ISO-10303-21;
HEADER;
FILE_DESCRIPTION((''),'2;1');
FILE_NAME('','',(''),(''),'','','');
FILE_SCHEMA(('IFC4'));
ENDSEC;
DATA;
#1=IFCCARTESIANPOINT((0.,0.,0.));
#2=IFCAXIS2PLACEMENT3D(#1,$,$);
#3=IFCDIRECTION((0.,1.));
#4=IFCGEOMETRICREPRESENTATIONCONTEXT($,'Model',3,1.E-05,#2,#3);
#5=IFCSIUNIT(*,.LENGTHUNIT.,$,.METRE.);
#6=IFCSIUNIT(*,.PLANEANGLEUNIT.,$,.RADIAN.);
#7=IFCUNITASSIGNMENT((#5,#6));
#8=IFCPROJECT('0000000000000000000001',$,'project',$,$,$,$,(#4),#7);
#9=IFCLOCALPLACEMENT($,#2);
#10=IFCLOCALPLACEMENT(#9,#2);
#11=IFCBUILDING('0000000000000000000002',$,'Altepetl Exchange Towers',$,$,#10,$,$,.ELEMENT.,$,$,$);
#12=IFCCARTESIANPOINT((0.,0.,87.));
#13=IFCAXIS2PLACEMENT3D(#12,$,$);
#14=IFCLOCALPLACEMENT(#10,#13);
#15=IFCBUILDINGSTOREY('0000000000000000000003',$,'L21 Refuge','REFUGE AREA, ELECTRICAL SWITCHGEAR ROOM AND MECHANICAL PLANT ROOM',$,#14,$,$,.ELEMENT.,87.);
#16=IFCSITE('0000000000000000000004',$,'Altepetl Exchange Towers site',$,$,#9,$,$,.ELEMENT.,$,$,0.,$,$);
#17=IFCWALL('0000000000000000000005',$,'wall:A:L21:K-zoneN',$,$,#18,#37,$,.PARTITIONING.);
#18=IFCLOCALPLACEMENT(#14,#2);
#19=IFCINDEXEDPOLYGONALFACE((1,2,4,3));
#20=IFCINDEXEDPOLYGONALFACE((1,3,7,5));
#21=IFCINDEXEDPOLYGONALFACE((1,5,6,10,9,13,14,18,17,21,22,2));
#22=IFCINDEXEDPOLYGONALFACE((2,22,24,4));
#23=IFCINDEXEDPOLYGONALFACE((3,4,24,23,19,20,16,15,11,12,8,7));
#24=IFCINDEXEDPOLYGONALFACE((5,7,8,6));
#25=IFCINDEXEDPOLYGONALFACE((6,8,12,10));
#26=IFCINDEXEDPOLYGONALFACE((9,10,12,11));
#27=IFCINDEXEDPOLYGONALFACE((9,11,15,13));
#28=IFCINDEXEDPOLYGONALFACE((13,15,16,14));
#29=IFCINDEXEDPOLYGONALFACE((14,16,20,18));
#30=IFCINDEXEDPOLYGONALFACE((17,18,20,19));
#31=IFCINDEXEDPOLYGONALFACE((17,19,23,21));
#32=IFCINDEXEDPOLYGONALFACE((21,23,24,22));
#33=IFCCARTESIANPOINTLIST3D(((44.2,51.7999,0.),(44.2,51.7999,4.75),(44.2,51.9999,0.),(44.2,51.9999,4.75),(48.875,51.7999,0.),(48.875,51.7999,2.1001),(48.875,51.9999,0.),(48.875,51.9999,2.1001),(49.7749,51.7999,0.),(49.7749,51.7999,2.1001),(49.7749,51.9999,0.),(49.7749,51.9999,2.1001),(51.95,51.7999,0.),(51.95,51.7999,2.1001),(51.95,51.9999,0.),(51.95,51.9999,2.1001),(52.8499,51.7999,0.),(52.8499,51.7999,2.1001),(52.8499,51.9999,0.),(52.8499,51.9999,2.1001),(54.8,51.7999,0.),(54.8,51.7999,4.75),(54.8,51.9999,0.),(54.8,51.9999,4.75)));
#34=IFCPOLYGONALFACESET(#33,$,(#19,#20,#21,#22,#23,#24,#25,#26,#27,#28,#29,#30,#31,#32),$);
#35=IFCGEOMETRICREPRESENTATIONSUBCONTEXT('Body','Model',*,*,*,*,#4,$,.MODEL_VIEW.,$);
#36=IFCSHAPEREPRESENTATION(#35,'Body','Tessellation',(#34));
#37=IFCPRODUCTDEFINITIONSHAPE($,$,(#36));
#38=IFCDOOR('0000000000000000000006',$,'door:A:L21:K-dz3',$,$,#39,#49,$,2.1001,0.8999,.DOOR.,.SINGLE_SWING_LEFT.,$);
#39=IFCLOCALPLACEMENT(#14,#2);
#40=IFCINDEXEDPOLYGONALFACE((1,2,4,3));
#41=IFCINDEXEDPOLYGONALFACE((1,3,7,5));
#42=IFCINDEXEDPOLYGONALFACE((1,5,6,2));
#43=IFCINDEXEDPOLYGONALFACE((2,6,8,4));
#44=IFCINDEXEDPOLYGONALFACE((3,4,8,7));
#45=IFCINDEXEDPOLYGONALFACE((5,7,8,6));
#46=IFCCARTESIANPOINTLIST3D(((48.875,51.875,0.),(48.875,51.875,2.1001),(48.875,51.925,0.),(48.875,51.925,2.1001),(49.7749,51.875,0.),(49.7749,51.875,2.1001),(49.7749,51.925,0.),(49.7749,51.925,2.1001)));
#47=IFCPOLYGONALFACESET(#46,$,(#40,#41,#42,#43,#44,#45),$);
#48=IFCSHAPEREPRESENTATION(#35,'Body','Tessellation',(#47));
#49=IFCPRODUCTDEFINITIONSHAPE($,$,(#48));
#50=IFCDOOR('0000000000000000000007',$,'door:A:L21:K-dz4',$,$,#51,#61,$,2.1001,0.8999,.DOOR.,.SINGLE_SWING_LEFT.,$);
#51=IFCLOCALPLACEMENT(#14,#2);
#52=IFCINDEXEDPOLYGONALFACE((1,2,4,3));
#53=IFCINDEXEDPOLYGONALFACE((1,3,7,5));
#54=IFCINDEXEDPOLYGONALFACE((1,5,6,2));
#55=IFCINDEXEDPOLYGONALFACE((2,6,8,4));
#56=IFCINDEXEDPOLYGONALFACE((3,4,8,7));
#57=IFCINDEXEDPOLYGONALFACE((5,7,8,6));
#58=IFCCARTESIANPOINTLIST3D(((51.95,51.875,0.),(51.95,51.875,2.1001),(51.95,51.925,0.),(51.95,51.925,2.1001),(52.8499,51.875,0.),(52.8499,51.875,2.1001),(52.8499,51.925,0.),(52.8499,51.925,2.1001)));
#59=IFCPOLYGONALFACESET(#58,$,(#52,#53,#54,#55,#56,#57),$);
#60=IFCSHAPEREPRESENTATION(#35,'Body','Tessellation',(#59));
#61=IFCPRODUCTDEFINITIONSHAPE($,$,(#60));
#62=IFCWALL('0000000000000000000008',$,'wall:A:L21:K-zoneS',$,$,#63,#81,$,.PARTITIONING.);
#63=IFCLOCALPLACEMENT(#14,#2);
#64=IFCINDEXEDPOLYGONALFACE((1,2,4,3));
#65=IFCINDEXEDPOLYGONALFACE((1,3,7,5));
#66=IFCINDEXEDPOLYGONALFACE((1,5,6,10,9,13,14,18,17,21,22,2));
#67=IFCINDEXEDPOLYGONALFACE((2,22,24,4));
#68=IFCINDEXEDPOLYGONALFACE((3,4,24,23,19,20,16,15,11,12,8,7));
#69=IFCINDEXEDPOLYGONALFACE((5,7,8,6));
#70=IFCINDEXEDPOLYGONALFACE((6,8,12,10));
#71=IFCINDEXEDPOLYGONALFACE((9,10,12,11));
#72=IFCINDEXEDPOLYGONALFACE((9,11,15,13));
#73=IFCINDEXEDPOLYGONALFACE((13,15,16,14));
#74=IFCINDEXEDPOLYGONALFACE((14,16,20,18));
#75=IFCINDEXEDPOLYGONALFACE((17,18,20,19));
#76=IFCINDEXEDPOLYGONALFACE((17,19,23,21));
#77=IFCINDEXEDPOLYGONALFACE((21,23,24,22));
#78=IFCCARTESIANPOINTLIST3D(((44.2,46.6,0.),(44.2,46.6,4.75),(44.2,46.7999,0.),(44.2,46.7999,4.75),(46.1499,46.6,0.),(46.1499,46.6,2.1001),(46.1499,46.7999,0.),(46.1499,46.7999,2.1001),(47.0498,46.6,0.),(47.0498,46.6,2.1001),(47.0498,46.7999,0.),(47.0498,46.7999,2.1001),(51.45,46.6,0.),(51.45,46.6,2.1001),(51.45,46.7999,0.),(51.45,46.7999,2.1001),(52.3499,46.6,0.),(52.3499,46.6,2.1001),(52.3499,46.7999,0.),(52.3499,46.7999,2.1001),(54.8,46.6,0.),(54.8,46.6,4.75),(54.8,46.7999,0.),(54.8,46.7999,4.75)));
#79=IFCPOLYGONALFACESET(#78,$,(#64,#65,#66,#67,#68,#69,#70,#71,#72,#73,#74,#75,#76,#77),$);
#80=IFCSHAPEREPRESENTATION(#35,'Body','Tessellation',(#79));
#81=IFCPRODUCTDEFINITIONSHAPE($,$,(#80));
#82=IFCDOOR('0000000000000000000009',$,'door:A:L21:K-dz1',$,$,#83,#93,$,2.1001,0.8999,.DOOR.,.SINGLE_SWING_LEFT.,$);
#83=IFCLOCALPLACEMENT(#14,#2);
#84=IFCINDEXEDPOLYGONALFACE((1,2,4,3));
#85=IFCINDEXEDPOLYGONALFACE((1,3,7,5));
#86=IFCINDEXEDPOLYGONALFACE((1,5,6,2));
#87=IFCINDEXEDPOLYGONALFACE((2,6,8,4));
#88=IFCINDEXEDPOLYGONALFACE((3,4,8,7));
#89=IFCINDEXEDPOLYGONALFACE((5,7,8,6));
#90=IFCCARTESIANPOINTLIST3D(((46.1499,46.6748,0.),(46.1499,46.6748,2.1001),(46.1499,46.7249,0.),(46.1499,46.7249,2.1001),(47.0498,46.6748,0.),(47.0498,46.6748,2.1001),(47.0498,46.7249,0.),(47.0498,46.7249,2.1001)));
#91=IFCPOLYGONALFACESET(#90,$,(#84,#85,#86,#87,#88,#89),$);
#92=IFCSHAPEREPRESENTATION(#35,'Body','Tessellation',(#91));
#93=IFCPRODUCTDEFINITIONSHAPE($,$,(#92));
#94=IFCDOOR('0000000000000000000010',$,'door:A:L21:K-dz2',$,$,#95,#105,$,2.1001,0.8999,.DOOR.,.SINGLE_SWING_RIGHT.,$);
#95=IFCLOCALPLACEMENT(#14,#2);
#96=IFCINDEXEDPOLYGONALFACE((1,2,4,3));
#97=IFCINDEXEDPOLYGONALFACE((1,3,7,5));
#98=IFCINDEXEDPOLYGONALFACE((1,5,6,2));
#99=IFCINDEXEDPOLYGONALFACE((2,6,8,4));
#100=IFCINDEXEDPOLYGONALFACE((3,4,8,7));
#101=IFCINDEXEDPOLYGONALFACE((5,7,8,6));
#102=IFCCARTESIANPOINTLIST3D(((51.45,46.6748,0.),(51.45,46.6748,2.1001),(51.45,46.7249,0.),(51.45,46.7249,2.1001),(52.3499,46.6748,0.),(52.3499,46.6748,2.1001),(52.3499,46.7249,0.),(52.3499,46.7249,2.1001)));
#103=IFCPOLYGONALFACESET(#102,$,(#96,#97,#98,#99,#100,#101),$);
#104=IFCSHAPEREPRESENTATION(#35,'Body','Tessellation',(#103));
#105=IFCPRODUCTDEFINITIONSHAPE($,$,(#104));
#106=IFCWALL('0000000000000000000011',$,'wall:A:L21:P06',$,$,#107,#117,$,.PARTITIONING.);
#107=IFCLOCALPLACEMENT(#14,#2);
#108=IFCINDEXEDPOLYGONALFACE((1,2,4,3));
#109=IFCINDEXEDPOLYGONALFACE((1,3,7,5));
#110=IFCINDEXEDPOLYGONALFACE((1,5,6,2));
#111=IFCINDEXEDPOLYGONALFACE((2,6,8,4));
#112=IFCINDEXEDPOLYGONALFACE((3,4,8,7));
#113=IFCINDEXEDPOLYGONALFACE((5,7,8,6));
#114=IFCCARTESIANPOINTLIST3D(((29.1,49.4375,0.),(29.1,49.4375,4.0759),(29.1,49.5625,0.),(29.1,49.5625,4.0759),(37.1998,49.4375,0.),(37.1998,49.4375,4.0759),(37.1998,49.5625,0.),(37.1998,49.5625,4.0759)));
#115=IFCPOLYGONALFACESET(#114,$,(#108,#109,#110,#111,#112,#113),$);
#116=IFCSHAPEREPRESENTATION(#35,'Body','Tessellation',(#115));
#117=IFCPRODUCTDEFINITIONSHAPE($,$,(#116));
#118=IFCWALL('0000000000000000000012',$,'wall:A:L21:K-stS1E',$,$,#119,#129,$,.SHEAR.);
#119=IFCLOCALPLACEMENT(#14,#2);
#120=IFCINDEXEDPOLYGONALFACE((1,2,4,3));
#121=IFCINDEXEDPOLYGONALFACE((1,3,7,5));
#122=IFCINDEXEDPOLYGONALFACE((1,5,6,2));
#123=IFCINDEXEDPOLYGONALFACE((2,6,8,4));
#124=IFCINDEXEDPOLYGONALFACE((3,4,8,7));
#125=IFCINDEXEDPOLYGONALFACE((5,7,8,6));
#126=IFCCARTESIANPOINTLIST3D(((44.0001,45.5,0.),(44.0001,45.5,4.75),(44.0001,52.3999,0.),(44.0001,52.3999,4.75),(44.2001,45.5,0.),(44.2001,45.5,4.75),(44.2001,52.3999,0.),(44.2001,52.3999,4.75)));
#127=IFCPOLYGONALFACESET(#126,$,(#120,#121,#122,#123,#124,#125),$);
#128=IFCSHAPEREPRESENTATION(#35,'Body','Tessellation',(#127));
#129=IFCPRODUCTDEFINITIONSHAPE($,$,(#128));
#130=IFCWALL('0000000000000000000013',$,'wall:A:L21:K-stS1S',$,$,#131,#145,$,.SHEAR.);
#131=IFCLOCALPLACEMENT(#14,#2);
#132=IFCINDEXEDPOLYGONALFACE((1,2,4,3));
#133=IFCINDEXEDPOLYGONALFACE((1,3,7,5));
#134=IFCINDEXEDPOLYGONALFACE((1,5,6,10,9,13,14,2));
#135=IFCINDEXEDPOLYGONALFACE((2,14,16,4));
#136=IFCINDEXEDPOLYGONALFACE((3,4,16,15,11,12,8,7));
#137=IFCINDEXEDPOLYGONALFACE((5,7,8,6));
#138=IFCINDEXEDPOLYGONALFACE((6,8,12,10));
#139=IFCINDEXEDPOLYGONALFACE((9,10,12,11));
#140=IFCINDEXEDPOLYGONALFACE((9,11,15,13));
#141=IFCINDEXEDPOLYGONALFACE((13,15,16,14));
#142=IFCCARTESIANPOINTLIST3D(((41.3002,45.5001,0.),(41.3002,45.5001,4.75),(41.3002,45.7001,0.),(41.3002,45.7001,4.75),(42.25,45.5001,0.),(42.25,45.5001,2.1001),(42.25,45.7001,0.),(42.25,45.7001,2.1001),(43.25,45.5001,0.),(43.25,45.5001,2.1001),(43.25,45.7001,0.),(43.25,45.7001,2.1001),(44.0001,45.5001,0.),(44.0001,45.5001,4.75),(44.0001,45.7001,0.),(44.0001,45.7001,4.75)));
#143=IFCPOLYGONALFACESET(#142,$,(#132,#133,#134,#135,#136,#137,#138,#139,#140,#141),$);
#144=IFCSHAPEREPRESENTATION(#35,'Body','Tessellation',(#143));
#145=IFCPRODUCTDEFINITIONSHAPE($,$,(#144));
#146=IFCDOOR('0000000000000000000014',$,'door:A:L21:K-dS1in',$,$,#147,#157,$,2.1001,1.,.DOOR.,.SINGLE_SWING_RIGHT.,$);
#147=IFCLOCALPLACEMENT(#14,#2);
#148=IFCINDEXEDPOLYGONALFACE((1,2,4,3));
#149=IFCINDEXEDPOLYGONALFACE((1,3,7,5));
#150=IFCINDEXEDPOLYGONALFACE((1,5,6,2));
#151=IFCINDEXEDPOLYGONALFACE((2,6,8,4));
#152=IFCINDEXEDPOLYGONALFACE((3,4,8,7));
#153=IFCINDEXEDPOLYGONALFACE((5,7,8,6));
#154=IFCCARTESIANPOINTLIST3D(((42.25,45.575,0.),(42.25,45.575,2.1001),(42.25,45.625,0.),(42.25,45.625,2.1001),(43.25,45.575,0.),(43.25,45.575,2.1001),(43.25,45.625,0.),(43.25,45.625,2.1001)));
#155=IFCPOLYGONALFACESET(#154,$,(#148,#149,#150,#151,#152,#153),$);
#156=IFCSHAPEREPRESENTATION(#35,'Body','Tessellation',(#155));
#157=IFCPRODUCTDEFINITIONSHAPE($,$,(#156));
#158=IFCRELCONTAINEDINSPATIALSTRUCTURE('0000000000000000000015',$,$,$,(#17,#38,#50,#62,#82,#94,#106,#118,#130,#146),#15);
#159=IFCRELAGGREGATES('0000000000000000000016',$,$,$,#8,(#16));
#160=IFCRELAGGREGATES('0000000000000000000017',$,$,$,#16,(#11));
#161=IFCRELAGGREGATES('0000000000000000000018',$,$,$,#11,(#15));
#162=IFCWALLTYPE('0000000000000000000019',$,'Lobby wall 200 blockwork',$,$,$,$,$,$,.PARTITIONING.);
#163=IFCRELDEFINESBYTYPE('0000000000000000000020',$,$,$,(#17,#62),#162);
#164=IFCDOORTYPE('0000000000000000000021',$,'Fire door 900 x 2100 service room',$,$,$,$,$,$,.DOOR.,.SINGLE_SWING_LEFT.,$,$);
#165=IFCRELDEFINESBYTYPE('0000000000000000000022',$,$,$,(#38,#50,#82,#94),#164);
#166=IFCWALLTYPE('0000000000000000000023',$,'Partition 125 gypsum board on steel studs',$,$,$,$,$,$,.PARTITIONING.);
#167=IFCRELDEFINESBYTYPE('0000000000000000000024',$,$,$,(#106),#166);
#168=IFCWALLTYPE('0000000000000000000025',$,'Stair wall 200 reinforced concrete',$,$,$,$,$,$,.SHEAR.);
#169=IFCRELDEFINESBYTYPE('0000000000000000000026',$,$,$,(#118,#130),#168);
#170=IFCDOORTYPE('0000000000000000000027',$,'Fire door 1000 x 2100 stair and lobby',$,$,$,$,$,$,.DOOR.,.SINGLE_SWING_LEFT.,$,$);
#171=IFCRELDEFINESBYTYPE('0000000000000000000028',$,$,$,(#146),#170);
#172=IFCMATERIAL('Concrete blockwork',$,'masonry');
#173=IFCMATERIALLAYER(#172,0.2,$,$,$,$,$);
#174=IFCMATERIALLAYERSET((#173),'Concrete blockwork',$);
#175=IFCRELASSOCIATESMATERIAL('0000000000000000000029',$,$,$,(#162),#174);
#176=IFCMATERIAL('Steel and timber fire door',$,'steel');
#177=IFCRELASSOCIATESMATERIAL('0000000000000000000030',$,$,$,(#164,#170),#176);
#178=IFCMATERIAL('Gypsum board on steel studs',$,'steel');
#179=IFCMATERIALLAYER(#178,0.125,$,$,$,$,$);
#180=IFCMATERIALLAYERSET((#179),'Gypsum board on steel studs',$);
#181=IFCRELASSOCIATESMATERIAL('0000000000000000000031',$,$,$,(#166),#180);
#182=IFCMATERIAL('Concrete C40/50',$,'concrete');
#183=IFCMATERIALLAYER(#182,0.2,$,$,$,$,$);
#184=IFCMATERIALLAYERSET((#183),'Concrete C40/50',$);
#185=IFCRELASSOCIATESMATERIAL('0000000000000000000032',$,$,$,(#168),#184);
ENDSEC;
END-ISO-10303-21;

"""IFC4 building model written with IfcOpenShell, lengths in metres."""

from ifc_helpers import new_model, si_unit, direction, frame, frame_2d, origin, place, context, subcontext, project, spatial, rectangle, extrude, material, layer, layer_set, type_object, element, fill, save


model = new_model("IFC4")

# Units and contexts
model_context = context("Model", 3, precision=1e-05, world=origin(), true_north=direction((0.0, 1.0)))
body_context = subcontext(model_context, "Body", "Model", "MODEL_VIEW")
ifc_project = project(units=[si_unit("LENGTHUNIT", "METRE"), si_unit("PLANEANGLEUNIT", "RADIAN")], contexts=[model_context])

# Site, building, storey
site_placement = place(None, origin())
site = spatial("IfcSite", under=ifc_project, at=site_placement, Name="Altepetl Exchange Towers site", CompositionType="ELEMENT", RefElevation=0.0)
building_placement = place(site_placement, origin())
building = spatial("IfcBuilding", under=site, at=building_placement, Name="Altepetl Exchange Towers", CompositionType="ELEMENT")
storey_placement = place(building_placement, frame((0.0, 0.0, 87.0)))
storey = spatial("IfcBuildingStorey", under=building, at=storey_placement, Name="L21 Refuge", Description="REFUGE AREA, ELECTRICAL SWITCHGEAR ROOM AND MECHANICAL PLANT ROOM", CompositionType="ELEMENT", Elevation=87.0)

# Walls, openings, doors
ifc_material_1 = material(Name="Concrete blockwork", Category="masonry")
ifc_layer_1 = layer(ifc_material_1, 0.2)
ifc_layer_set_1 = layer_set([ifc_layer_1], Name="Concrete blockwork")
wall_type_1 = type_object("IfcWallType", Name="Lobby wall 200 blockwork", PredefinedType="PARTITIONING", material=ifc_layer_set_1)
wall_1_placement = place(storey_placement, frame((44.2, 51.8999, 0.0)))
wall_1 = element("IfcWall", 1, at=wall_1_placement, inside=storey, type_object=wall_type_1, Name="wall:A:L21:K-zoneN", PredefinedType="PARTITIONING", context=body_context, shape_type="SweptSolid", body=[
    extrude(rectangle(XDim=10.6001, YDim=0.2, at=frame_2d((5.3, 0.0))), origin(), (0.0, 0.0, 1.0), 4.75),
])
opening_1_placement = place(wall_1_placement, frame((4.675, 0.0, 0.0)))
opening_1 = element("IfcOpeningElement", 2, at=opening_1_placement, cuts=wall_1, PredefinedType="OPENING", context=body_context, shape_type="SweptSolid", body=[
    extrude(rectangle(XDim=0.8999, YDim=2.1001, at=frame_2d((0.45, 1.05))), frame((0.0, 0.1099, 0.0), z_axis=(0.0, -1.0, 0.0), x_axis=(1.0, 0.0, 0.0)), (0.0, 0.0, 1.0), 0.22),
])
opening_2_placement = place(wall_1_placement, frame((7.75, 0.0, 0.0)))
opening_2 = element("IfcOpeningElement", 3, at=opening_2_placement, cuts=wall_1, PredefinedType="OPENING", context=body_context, shape_type="SweptSolid", body=[
    extrude(rectangle(XDim=0.8999, YDim=2.1001, at=frame_2d((0.45, 1.05))), frame((0.0, 0.1099, 0.0), z_axis=(0.0, -1.0, 0.0), x_axis=(1.0, 0.0, 0.0)), (0.0, 0.0, 1.0), 0.22),
])
ifc_material_2 = material(Name="Steel and timber fire door", Category="steel")
door_type_1 = type_object("IfcDoorType", Name="Fire door 900 x 2100 service room", OperationType="SINGLE_SWING_LEFT", PredefinedType="DOOR", material=ifc_material_2)
door_1_placement = place(opening_1_placement, frame((0.8999, 0.0, 0.0), x_axis=(-1.0, 0.0, 0.0)))
door_1 = element("IfcDoor", 4, at=door_1_placement, inside=storey, type_object=door_type_1, Name="door:A:L21:K-dz3", OperationType="SINGLE_SWING_LEFT", OverallHeight=2.1001, OverallWidth=0.8999, PredefinedType="DOOR", context=body_context, shape_type="SweptSolid", body=[
    extrude(rectangle(XDim=0.8999, YDim=2.1001, at=frame_2d((0.45, 1.05))), frame((0.0, 0.0249, 0.0), z_axis=(0.0, -1.0, 0.0), x_axis=(1.0, 0.0, 0.0)), (0.0, 0.0, 1.0), 0.05),
])
fill(opening_1, door_1)
door_2_placement = place(opening_2_placement, frame((0.8999, 0.0, 0.0), x_axis=(-1.0, 0.0, 0.0)))
door_2 = element("IfcDoor", 5, at=door_2_placement, inside=storey, type_object=door_type_1, Name="door:A:L21:K-dz4", OperationType="SINGLE_SWING_LEFT", OverallHeight=2.1001, OverallWidth=0.8999, PredefinedType="DOOR", context=body_context, shape_type="SweptSolid", body=[
    extrude(rectangle(XDim=0.8999, YDim=2.1001, at=frame_2d((0.45, 1.05))), frame((0.0, 0.0249, 0.0), z_axis=(0.0, -1.0, 0.0), x_axis=(1.0, 0.0, 0.0)), (0.0, 0.0, 1.0), 0.05),
])
fill(opening_2, door_2)
wall_2_placement = place(storey_placement, frame((44.2, 46.7, 0.0)))
wall_2 = element("IfcWall", 6, at=wall_2_placement, inside=storey, type_object=wall_type_1, Name="wall:A:L21:K-zoneS", PredefinedType="PARTITIONING", context=body_context, shape_type="SweptSolid", body=[
    extrude(rectangle(XDim=10.6001, YDim=0.2, at=frame_2d((5.3, 0.0))), origin(), (0.0, 0.0, 1.0), 4.75),
])
opening_3_placement = place(wall_2_placement, frame((1.95, 0.0, 0.0)))
opening_3 = element("IfcOpeningElement", 7, at=opening_3_placement, cuts=wall_2, PredefinedType="OPENING", context=body_context, shape_type="SweptSolid", body=[
    extrude(rectangle(XDim=0.8999, YDim=2.1001, at=frame_2d((0.45, 1.05))), frame((0.0, 0.1099, 0.0), z_axis=(0.0, -1.0, 0.0), x_axis=(1.0, 0.0, 0.0)), (0.0, 0.0, 1.0), 0.22),
])
opening_4_placement = place(wall_2_placement, frame((7.25, 0.0, 0.0)))
opening_4 = element("IfcOpeningElement", 8, at=opening_4_placement, cuts=wall_2, PredefinedType="OPENING", context=body_context, shape_type="SweptSolid", body=[
    extrude(rectangle(XDim=0.8999, YDim=2.1001, at=frame_2d((0.45, 1.05))), frame((0.0, 0.1099, 0.0), z_axis=(0.0, -1.0, 0.0), x_axis=(1.0, 0.0, 0.0)), (0.0, 0.0, 1.0), 0.22),
])
door_3_placement = place(opening_3_placement, origin())
door_3 = element("IfcDoor", 9, at=door_3_placement, inside=storey, type_object=door_type_1, Name="door:A:L21:K-dz1", OperationType="SINGLE_SWING_LEFT", OverallHeight=2.1001, OverallWidth=0.8999, PredefinedType="DOOR", context=body_context, shape_type="SweptSolid", body=[
    extrude(rectangle(XDim=0.8999, YDim=2.1001, at=frame_2d((0.45, 1.05))), frame((0.0, 0.0249, 0.0), z_axis=(0.0, -1.0, 0.0), x_axis=(1.0, 0.0, 0.0)), (0.0, 0.0, 1.0), 0.05),
])
fill(opening_3, door_3)
door_4_placement = place(opening_4_placement, origin())
door_4 = element("IfcDoor", 10, at=door_4_placement, inside=storey, type_object=door_type_1, Name="door:A:L21:K-dz2", OperationType="SINGLE_SWING_RIGHT", OverallHeight=2.1001, OverallWidth=0.8999, PredefinedType="DOOR", context=body_context, shape_type="SweptSolid", body=[
    extrude(rectangle(XDim=0.8999, YDim=2.1001, at=frame_2d((0.45, 1.05))), frame((0.0, 0.0249, 0.0), z_axis=(0.0, -1.0, 0.0), x_axis=(1.0, 0.0, 0.0)), (0.0, 0.0, 1.0), 0.05),
])
fill(opening_4, door_4)

# Walls
ifc_material_3 = material(Name="Gypsum board on steel studs", Category="steel")
ifc_layer_2 = layer(ifc_material_3, 0.125)
ifc_layer_set_2 = layer_set([ifc_layer_2], Name="Gypsum board on steel studs")
wall_type_2 = type_object("IfcWallType", Name="Partition 125 gypsum board on steel studs", PredefinedType="PARTITIONING", material=ifc_layer_set_2)
wall_3_placement = place(storey_placement, frame((29.1001, 49.5, 0.0)))
element("IfcWall", 11, at=wall_3_placement, inside=storey, type_object=wall_type_2, Name="wall:A:L21:P06", PredefinedType="PARTITIONING", context=body_context, shape_type="SweptSolid", body=[
    extrude(rectangle(XDim=8.0999, YDim=0.125, at=frame_2d((4.0498, 0.0))), origin(), (0.0, 0.0, 1.0), 4.0759),
])
ifc_material_4 = material(Name="Concrete C40/50", Category="concrete")
ifc_layer_3 = layer(ifc_material_4, 0.2)
ifc_layer_set_3 = layer_set([ifc_layer_3], Name="Concrete C40/50")
wall_type_3 = type_object("IfcWallType", Name="Stair wall 200 reinforced concrete", PredefinedType="SHEAR", material=ifc_layer_set_3)
wall_4_placement = place(storey_placement, frame((44.1001, 45.5, 0.0), z_axis=(0.0, 0.0, 1.0), x_axis=(0.0, 1.0, 0.0)))
element("IfcWall", 12, at=wall_4_placement, inside=storey, type_object=wall_type_3, Name="wall:A:L21:K-stS1E", PredefinedType="SHEAR", context=body_context, shape_type="SweptSolid", body=[
    extrude(rectangle(XDim=6.8999, YDim=0.2, at=frame_2d((3.45, 0.0))), origin(), (0.0, 0.0, 1.0), 4.75),
])

# Wall, opening, door
wall_5_placement = place(storey_placement, frame((41.3, 45.6001, 0.0)))
wall_5 = element("IfcWall", 13, at=wall_5_placement, inside=storey, type_object=wall_type_3, Name="wall:A:L21:K-stS1S", PredefinedType="SHEAR", context=body_context, shape_type="SweptSolid", body=[
    extrude(rectangle(XDim=2.7, YDim=0.2, at=frame_2d((1.3501, 0.0))), origin(), (0.0, 0.0, 1.0), 4.75),
])
opening_5_placement = place(wall_5_placement, frame((0.95, 0.0, 0.0)))
opening_5 = element("IfcOpeningElement", 14, at=opening_5_placement, cuts=wall_5, PredefinedType="OPENING", context=body_context, shape_type="SweptSolid", body=[
    extrude(rectangle(XDim=1.0, YDim=2.1001, at=frame_2d((0.5, 1.05))), frame((0.0, 0.1099, 0.0), z_axis=(0.0, -1.0, 0.0), x_axis=(1.0, 0.0, 0.0)), (0.0, 0.0, 1.0), 0.22),
])
door_type_2 = type_object("IfcDoorType", Name="Fire door 1000 x 2100 stair and lobby", OperationType="SINGLE_SWING_LEFT", PredefinedType="DOOR", material=ifc_material_2)
door_5_placement = place(opening_5_placement, origin())
door_5 = element("IfcDoor", 15, at=door_5_placement, inside=storey, type_object=door_type_2, Name="door:A:L21:K-dS1in", OperationType="SINGLE_SWING_RIGHT", OverallHeight=2.1001, OverallWidth=1.0, PredefinedType="DOOR", context=body_context, shape_type="SweptSolid", body=[
    extrude(rectangle(XDim=1.0, YDim=2.1001, at=frame_2d((0.5, 1.05))), frame((0.0, 0.0249, 0.0), z_axis=(0.0, -1.0, 0.0), x_axis=(1.0, 0.0, 0.0)), (0.0, 0.0, 1.0), 0.05),
])
fill(opening_5, door_5)

save(model, "model.ifc")
